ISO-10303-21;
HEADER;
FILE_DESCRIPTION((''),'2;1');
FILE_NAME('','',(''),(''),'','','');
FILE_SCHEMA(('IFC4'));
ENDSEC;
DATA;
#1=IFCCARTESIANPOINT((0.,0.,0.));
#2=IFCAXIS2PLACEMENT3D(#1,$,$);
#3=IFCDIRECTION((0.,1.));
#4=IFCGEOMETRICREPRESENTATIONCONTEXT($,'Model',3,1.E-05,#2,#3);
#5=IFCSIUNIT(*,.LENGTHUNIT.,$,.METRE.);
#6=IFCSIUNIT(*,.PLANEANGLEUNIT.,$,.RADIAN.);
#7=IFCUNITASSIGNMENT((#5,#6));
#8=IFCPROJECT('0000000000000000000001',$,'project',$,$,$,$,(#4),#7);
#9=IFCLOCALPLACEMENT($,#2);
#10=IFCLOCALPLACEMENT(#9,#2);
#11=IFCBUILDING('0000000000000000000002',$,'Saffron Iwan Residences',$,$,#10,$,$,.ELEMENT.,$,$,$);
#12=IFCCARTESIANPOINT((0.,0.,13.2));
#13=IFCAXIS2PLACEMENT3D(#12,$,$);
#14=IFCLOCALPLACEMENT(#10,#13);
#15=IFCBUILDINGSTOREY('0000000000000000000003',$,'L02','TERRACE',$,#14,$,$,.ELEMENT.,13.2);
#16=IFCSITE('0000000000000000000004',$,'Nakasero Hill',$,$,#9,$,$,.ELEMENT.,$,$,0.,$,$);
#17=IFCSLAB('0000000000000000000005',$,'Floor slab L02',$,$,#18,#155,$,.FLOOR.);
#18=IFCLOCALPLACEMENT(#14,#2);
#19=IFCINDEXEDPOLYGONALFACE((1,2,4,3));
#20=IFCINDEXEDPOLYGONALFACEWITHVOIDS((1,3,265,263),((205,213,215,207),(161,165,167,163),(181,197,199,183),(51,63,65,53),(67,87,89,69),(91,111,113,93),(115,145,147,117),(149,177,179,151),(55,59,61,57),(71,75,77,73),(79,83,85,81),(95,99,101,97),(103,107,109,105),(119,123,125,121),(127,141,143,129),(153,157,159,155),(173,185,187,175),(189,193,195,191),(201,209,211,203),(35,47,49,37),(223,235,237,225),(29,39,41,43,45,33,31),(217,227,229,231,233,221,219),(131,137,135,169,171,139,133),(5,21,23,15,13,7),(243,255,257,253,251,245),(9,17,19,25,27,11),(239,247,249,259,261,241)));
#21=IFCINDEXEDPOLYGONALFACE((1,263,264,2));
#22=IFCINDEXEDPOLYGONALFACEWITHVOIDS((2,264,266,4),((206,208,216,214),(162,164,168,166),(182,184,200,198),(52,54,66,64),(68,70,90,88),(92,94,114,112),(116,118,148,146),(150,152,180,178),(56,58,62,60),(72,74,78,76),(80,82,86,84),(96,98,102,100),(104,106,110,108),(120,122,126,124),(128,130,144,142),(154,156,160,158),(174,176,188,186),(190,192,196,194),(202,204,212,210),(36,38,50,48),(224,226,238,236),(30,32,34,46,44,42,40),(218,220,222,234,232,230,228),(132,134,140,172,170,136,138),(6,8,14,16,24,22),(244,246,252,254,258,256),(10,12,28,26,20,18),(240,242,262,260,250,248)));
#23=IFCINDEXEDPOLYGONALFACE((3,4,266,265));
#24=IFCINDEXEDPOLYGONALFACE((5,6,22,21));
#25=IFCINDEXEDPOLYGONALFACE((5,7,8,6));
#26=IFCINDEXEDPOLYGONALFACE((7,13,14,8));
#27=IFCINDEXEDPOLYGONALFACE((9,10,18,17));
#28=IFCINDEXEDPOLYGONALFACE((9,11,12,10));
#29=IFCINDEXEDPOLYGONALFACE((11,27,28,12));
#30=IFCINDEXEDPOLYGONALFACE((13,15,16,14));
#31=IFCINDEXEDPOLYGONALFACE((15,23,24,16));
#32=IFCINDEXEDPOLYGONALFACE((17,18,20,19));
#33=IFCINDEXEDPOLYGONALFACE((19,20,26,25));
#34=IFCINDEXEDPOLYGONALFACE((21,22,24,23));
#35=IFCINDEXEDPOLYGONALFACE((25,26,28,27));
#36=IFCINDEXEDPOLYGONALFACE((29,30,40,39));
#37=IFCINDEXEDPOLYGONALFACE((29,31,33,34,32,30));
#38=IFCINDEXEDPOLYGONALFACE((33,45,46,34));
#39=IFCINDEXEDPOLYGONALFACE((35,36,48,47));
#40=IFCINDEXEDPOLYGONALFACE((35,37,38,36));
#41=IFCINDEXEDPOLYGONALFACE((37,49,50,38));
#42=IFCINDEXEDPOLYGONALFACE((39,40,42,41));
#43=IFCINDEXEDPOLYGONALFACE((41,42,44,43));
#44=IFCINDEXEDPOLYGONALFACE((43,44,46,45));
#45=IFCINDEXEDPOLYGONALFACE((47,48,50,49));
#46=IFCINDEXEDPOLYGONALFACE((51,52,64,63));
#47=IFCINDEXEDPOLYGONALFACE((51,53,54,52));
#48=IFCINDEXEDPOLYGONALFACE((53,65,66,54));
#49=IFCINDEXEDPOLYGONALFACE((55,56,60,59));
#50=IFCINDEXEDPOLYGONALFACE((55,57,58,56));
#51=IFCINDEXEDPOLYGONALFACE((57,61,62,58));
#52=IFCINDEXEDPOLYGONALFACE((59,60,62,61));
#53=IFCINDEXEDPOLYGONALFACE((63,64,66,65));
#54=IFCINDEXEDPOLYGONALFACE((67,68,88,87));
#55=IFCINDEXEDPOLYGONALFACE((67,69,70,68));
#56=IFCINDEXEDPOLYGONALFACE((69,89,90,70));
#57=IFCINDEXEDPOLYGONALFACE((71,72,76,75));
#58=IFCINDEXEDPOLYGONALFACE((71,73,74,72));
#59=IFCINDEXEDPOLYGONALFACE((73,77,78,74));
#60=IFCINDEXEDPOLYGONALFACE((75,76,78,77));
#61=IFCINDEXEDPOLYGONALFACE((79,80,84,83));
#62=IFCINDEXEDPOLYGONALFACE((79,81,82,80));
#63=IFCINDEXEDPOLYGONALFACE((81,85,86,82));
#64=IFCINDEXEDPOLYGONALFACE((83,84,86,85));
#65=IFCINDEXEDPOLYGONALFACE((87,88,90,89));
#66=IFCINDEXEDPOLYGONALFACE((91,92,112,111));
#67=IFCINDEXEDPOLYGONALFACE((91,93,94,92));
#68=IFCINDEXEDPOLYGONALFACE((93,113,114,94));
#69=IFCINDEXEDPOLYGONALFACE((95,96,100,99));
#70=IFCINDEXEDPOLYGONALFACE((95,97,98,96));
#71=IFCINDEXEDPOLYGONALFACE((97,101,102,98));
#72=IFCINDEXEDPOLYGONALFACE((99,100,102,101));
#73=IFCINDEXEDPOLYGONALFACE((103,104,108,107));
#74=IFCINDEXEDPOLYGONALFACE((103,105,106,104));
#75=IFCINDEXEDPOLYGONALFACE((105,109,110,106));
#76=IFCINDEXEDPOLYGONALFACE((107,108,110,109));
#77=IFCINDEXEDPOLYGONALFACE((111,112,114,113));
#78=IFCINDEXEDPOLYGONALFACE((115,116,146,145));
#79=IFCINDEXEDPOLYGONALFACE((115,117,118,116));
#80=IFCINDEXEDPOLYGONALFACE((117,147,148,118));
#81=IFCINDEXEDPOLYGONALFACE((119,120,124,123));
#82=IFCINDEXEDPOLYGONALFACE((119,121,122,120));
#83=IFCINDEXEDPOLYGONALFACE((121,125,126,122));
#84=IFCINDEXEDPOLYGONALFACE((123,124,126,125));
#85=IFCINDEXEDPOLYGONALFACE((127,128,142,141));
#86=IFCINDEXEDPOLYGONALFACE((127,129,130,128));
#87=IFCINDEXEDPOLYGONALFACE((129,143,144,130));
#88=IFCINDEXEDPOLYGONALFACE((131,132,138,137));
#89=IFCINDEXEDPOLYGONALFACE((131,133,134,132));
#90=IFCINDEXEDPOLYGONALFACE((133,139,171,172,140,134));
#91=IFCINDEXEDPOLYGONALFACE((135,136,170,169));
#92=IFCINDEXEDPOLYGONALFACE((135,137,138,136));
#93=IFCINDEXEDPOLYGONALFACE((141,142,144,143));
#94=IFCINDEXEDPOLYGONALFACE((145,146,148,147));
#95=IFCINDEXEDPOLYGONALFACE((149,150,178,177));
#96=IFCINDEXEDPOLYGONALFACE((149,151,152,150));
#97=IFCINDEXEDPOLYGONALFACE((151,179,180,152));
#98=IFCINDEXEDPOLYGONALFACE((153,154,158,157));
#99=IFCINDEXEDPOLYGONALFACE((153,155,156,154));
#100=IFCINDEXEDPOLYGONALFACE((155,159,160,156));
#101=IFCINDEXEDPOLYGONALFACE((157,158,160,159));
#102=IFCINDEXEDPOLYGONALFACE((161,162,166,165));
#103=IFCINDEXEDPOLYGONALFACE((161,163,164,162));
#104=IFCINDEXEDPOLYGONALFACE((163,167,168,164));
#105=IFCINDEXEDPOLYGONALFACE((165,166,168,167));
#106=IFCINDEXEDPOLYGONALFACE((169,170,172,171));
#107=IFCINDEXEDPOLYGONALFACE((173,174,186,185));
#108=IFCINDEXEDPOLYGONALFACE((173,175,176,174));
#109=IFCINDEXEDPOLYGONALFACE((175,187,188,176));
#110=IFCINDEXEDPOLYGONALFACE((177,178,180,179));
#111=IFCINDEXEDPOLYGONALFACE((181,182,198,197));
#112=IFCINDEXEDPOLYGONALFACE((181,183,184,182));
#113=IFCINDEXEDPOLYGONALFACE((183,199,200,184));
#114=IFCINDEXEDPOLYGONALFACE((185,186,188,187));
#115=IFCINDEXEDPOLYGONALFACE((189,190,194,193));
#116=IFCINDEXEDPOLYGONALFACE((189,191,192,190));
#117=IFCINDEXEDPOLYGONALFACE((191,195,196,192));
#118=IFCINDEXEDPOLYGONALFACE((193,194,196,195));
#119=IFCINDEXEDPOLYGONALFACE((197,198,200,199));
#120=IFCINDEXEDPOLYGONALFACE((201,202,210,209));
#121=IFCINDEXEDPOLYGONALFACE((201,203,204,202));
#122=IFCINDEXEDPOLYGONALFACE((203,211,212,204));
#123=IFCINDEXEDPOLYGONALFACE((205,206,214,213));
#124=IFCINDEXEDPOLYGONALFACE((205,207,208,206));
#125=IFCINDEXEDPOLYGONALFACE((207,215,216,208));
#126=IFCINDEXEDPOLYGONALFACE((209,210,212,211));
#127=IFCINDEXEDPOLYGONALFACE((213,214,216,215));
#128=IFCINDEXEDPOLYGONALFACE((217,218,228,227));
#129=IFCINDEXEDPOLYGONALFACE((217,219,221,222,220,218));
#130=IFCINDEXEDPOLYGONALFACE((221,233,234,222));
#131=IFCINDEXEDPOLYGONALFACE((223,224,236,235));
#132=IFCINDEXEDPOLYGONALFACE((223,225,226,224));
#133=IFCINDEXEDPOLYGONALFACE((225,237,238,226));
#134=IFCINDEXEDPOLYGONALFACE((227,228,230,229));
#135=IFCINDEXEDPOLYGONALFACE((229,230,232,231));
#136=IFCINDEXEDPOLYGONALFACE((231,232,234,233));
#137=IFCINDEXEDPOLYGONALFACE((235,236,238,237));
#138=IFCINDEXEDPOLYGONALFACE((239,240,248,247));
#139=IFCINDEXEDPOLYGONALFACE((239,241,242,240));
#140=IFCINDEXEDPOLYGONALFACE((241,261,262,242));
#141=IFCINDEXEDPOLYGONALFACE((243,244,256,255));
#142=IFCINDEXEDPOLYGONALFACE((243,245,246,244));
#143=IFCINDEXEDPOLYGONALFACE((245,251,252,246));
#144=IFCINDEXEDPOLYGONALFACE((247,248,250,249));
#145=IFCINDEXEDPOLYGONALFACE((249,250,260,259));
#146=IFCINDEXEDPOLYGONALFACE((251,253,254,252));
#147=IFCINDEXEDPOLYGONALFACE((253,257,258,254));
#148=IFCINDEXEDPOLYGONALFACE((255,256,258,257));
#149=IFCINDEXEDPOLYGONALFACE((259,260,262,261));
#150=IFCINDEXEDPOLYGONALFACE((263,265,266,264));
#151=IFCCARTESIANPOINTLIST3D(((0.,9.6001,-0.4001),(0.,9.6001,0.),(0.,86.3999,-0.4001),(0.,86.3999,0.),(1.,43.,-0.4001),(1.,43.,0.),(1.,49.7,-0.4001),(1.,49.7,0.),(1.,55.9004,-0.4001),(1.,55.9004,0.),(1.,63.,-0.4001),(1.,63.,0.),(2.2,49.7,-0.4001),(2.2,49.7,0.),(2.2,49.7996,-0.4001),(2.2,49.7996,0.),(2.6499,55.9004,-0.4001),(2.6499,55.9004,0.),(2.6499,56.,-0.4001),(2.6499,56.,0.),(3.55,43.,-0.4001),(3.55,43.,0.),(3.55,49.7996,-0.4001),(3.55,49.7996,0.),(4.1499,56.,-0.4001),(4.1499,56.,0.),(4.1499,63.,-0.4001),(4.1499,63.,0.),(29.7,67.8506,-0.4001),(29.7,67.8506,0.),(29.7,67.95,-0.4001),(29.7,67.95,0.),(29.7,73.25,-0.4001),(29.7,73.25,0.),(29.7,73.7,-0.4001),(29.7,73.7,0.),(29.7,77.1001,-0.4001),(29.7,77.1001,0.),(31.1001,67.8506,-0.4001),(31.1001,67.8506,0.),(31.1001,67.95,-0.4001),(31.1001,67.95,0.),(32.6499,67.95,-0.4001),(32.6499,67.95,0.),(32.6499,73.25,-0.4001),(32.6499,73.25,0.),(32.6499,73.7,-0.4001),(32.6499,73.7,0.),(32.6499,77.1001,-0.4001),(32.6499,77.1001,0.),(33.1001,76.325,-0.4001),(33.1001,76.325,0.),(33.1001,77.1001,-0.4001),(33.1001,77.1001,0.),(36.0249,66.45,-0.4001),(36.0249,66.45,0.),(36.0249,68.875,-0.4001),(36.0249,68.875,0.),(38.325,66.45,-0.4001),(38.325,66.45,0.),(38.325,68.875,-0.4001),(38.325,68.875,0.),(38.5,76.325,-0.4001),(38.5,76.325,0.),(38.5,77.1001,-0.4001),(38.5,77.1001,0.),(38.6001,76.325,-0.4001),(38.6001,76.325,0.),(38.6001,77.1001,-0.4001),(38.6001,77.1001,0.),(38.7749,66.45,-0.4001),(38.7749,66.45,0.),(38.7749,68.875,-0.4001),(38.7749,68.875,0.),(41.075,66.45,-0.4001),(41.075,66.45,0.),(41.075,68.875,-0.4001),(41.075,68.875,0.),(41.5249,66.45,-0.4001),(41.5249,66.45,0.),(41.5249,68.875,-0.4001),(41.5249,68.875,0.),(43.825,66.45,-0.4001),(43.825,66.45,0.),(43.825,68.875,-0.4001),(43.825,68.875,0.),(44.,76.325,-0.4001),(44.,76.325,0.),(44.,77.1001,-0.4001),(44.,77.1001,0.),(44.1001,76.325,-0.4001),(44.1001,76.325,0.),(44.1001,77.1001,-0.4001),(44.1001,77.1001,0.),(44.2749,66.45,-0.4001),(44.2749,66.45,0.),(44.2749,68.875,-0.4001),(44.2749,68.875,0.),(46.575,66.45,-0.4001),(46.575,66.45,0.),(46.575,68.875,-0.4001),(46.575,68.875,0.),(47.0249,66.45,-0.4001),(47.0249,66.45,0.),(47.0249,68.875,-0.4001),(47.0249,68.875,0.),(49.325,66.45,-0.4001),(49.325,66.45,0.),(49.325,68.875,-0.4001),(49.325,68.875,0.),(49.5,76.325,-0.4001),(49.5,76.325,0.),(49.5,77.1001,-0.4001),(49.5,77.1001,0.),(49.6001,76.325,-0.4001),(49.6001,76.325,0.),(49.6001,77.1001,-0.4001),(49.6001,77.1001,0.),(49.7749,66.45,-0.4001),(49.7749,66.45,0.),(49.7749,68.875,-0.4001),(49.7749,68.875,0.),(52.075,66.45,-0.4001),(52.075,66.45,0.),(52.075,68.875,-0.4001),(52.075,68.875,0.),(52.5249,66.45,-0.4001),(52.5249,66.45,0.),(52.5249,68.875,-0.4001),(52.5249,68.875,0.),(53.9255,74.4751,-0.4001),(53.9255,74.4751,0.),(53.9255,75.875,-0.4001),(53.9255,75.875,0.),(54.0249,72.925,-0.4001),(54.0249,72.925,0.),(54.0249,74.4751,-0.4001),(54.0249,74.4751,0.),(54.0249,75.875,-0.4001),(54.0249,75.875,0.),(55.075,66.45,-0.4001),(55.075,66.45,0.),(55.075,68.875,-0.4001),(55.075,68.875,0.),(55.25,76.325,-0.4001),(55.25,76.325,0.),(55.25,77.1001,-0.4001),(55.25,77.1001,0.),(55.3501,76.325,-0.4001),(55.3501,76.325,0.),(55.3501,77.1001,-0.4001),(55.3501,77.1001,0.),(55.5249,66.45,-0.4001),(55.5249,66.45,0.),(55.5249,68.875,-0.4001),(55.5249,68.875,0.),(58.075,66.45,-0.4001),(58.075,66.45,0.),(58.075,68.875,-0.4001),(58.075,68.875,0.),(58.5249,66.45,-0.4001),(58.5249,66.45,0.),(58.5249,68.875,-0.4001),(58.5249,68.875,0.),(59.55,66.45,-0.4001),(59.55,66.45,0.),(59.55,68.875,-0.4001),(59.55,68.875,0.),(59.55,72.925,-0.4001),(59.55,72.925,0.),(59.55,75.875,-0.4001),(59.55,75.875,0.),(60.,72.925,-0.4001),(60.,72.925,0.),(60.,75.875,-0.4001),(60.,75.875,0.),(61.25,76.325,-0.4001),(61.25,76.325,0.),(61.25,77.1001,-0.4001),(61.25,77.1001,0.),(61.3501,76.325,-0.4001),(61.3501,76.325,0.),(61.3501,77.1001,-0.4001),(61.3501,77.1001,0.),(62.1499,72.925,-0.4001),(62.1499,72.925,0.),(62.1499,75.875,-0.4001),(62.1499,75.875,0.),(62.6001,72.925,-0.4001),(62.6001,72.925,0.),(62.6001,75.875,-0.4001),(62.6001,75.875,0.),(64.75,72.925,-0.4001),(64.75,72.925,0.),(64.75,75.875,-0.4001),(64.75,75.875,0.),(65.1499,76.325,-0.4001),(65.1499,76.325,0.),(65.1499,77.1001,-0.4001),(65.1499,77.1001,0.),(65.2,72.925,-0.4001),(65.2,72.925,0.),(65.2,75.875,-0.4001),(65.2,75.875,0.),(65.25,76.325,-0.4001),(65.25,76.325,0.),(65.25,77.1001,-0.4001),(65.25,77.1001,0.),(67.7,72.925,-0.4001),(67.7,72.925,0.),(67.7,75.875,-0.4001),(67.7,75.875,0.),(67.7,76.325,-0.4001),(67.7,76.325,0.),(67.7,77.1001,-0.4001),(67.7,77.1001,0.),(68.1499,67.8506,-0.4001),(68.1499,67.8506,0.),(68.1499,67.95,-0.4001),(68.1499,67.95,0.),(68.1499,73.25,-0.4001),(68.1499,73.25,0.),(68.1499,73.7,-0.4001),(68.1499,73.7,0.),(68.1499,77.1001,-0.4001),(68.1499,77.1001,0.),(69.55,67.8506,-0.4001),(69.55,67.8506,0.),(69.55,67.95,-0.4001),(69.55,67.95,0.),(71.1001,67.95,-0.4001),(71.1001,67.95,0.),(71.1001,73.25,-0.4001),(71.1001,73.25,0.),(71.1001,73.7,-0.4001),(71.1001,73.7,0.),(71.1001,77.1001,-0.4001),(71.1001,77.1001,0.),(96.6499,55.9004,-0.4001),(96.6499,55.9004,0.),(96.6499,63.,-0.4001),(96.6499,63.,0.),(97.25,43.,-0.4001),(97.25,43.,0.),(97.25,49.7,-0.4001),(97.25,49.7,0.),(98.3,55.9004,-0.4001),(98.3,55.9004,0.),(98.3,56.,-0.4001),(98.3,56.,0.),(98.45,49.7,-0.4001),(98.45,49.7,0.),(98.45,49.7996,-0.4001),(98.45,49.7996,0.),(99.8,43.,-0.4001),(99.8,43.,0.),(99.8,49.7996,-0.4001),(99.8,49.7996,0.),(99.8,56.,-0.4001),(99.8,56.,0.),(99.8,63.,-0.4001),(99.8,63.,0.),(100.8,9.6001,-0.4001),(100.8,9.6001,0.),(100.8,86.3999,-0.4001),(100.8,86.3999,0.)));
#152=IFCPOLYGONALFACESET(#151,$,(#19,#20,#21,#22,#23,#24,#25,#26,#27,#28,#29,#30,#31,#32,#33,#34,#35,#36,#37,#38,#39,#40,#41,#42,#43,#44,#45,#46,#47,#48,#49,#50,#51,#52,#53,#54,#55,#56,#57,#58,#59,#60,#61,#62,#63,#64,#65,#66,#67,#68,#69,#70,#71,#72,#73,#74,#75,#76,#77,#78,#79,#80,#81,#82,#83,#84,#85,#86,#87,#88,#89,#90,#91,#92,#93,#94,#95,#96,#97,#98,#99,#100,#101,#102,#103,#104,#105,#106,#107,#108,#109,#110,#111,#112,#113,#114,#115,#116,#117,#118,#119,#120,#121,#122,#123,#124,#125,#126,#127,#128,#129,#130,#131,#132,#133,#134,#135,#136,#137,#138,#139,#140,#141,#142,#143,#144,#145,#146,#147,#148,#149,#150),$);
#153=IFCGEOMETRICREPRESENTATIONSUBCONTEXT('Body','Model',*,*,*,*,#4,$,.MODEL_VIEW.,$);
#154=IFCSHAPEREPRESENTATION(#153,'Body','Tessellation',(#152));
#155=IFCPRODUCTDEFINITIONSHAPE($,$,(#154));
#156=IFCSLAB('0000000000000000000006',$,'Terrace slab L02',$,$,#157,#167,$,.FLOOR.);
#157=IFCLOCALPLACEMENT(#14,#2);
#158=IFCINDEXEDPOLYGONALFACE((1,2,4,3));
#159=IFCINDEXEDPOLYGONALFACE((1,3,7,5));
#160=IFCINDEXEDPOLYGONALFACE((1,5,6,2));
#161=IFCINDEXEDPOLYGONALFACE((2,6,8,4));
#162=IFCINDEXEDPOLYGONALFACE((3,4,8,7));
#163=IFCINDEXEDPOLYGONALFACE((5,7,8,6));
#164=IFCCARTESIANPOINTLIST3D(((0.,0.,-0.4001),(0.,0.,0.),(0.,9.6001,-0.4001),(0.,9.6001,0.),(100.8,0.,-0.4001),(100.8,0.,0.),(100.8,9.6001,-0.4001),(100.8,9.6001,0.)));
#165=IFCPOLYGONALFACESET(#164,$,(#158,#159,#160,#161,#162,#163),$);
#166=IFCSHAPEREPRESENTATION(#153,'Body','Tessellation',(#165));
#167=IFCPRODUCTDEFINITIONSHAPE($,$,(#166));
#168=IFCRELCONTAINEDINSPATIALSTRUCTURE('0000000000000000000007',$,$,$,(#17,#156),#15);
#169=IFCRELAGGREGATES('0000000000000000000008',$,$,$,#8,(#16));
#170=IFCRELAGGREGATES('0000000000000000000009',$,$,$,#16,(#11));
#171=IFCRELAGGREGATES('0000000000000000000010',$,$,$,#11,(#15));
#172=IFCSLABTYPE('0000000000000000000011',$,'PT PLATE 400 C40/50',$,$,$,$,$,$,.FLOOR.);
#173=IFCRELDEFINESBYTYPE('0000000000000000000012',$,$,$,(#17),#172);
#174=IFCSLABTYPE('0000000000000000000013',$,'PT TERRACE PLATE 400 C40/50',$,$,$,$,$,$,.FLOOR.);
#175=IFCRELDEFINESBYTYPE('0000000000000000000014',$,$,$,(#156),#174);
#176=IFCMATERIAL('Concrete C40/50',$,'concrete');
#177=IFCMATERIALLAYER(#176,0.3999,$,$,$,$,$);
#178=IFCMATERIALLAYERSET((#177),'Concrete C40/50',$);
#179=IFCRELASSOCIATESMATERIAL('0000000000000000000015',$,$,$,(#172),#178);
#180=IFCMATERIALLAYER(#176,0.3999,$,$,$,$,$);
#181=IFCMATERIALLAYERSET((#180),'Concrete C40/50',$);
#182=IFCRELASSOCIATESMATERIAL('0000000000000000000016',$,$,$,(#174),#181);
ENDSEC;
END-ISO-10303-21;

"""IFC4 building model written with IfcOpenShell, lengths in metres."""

from ifc_helpers import new_model, si_unit, direction, frame, origin, place, context, subcontext, project, spatial, polyline, outline, extrude, material, layer, layer_set, type_object, element, save


model = new_model("IFC4")

# Units and contexts
model_context = context("Model", 3, precision=1e-05, world=origin(), true_north=direction((0.0, 1.0)))
body_context = subcontext(model_context, "Body", "Model", "MODEL_VIEW")
ifc_project = project(units=[si_unit("LENGTHUNIT", "METRE"), si_unit("PLANEANGLEUNIT", "RADIAN")], contexts=[model_context])

# Site, building, storey
site_placement = place(None, origin())
site = spatial("IfcSite", under=ifc_project, at=site_placement, Name="Nakasero Hill", CompositionType="ELEMENT", RefElevation=0.0)
building_placement = place(site_placement, origin())
building = spatial("IfcBuilding", under=site, at=building_placement, Name="Saffron Iwan Residences", CompositionType="ELEMENT")
storey_placement = place(building_placement, frame((0.0, 0.0, 13.2)))
storey = spatial("IfcBuildingStorey", under=building, at=storey_placement, Name="L02", Description="TERRACE", CompositionType="ELEMENT", Elevation=13.2)

# Slabs
ifc_material_1 = material(Name="Concrete C40/50", Category="concrete")
ifc_layer_1 = layer(ifc_material_1, 0.3999)
ifc_layer_set_1 = layer_set([ifc_layer_1], Name="Concrete C40/50")
slab_type_1 = type_object("IfcSlabType", Name="PT PLATE 400 C40/50", PredefinedType="FLOOR", material=ifc_layer_set_1)
slab_1_placement = place(storey_placement, frame((0.0, 0.0, -0.4001)))
element("IfcSlab", 1, at=slab_1_placement, inside=storey, type_object=slab_type_1, Name="Floor slab L02", PredefinedType="FLOOR", context=body_context, shape_type="SweptSolid", body=[
    extrude(outline(polyline([(0.0, 9.6001), (0.0, 86.3999), (100.8, 86.3999), (100.8, 9.6001), (0.0, 9.6001)]), holes=[polyline([(2.2, 49.7), (1.0, 49.7), (1.0, 43.0), (3.55, 43.0), (3.55, 49.7996), (2.2, 49.7996), (2.2, 49.7)]), polyline([(2.6499, 55.9004), (2.6499, 56.0), (4.1499, 56.0), (4.1499, 63.0), (1.0, 63.0), (1.0, 55.9004), (2.6499, 55.9004)]), polyline([(38.325, 66.45), (38.325, 68.875), (36.0249, 68.875), (36.0249, 66.45), (38.325, 66.45)]), polyline([(41.075, 66.45), (41.075, 68.875), (38.7749, 68.875), (38.7749, 66.45), (41.075, 66.45)]), polyline([(43.825, 66.45), (43.825, 68.875), (41.5249, 68.875), (41.5249, 66.45), (43.825, 66.45)]), polyline([(46.575, 66.45), (46.575, 68.875), (44.2749, 68.875), (44.2749, 66.45), (46.575, 66.45)]), polyline([(49.325, 66.45), (49.325, 68.875), (47.0249, 68.875), (47.0249, 66.45), (49.325, 66.45)]), polyline([(52.075, 68.875), (49.7749, 68.875), (49.7749, 66.45), (52.075, 66.45), (52.075, 68.875)]), polyline([(32.6499, 73.25), (29.7, 73.25), (29.7, 67.95), (29.7, 67.8506), (31.1001, 67.8506), (31.1001, 67.95), (32.6499, 67.95), (32.6499, 73.25)]), polyline([(32.6499, 73.7), (32.6499, 77.1001), (29.7, 77.1001), (29.7, 73.7), (32.6499, 73.7)]), polyline([(38.5, 76.325), (38.5, 77.1001), (33.1001, 77.1001), (33.1001, 76.325), (38.5, 76.325)]), polyline([(44.0, 76.325), (44.0, 77.1001), (38.6001, 77.1001), (38.6001, 76.325), (44.0, 76.325)]), polyline([(49.5, 76.325), (49.5, 77.1001), (44.1001, 77.1001), (44.1001, 76.325), (49.5, 76.325)]), polyline([(55.25, 76.325), (55.25, 77.1001), (49.6001, 77.1001), (49.6001, 76.325), (55.25, 76.325)]), polyline([(98.45, 49.7), (97.25, 49.7), (97.25, 43.0), (99.8, 43.0), (99.8, 49.7996), (98.45, 49.7996), (98.45, 49.7)]), polyline([(98.3, 55.9004), (98.3, 56.0), (99.8, 56.0), (99.8, 63.0), (96.6499, 63.0), (96.6499, 55.9004), (98.3, 55.9004)]), polyline([(55.075, 66.45), (55.075, 68.875), (52.5249, 68.875), (52.5249, 66.45), (55.075, 66.45)]), polyline([(58.075, 66.45), (58.075, 68.875), (55.5249, 68.875), (55.5249, 66.45), (58.075, 66.45)]), polyline([(59.55, 66.45), (59.55, 68.875), (58.5249, 68.875), (58.5249, 66.45), (59.55, 66.45)]), polyline([(71.1001, 73.25), (68.1499, 73.25), (68.1499, 67.95), (68.1499, 67.8506), (69.55, 67.8506), (69.55, 67.95), (71.1001, 67.95), (71.1001, 73.25)]), polyline([(53.9255, 74.4751), (54.0249, 74.4751), (54.0249, 72.925), (59.55, 72.925), (59.55, 75.875), (54.0249, 75.875), (53.9255, 75.875), (53.9255, 74.4751)]), polyline([(62.1499, 75.875), (60.0, 75.875), (60.0, 72.925), (62.1499, 72.925), (62.1499, 75.875)]), polyline([(64.75, 72.925), (64.75, 75.875), (62.6001, 75.875), (62.6001, 72.925), (64.75, 72.925)]), polyline([(67.7, 72.925), (67.7, 75.875), (65.2, 75.875), (65.2, 72.925), (67.7, 72.925)]), polyline([(71.1001, 73.7), (71.1001, 77.1001), (68.1499, 77.1001), (68.1499, 73.7), (71.1001, 73.7)]), polyline([(61.25, 76.325), (61.25, 77.1001), (55.3501, 77.1001), (55.3501, 76.325), (61.25, 76.325)]), polyline([(65.1499, 76.325), (65.1499, 77.1001), (61.3501, 77.1001), (61.3501, 76.325), (65.1499, 76.325)]), polyline([(67.7, 76.325), (67.7, 77.1001), (65.25, 77.1001), (65.25, 76.325), (67.7, 76.325)])]), origin(), (0.0, 0.0, 1.0), 0.4001),
])
ifc_layer_2 = layer(ifc_material_1, 0.3999)
ifc_layer_set_2 = layer_set([ifc_layer_2], Name="Concrete C40/50")
slab_type_2 = type_object("IfcSlabType", Name="PT TERRACE PLATE 400 C40/50", PredefinedType="FLOOR", material=ifc_layer_set_2)
slab_2_placement = place(storey_placement, frame((0.0, 0.0, -0.4001)))
element("IfcSlab", 2, at=slab_2_placement, inside=storey, type_object=slab_type_2, Name="Terrace slab L02", PredefinedType="FLOOR", context=body_context, shape_type="SweptSolid", body=[
    extrude(outline(polyline([(0.0, 9.6001), (100.8, 9.6001), (100.8, 0.0), (0.0, 0.0), (0.0, 9.6001)])), origin(), (0.0, 0.0, 1.0), 0.4001),
])

save(model, "model.ifc")
